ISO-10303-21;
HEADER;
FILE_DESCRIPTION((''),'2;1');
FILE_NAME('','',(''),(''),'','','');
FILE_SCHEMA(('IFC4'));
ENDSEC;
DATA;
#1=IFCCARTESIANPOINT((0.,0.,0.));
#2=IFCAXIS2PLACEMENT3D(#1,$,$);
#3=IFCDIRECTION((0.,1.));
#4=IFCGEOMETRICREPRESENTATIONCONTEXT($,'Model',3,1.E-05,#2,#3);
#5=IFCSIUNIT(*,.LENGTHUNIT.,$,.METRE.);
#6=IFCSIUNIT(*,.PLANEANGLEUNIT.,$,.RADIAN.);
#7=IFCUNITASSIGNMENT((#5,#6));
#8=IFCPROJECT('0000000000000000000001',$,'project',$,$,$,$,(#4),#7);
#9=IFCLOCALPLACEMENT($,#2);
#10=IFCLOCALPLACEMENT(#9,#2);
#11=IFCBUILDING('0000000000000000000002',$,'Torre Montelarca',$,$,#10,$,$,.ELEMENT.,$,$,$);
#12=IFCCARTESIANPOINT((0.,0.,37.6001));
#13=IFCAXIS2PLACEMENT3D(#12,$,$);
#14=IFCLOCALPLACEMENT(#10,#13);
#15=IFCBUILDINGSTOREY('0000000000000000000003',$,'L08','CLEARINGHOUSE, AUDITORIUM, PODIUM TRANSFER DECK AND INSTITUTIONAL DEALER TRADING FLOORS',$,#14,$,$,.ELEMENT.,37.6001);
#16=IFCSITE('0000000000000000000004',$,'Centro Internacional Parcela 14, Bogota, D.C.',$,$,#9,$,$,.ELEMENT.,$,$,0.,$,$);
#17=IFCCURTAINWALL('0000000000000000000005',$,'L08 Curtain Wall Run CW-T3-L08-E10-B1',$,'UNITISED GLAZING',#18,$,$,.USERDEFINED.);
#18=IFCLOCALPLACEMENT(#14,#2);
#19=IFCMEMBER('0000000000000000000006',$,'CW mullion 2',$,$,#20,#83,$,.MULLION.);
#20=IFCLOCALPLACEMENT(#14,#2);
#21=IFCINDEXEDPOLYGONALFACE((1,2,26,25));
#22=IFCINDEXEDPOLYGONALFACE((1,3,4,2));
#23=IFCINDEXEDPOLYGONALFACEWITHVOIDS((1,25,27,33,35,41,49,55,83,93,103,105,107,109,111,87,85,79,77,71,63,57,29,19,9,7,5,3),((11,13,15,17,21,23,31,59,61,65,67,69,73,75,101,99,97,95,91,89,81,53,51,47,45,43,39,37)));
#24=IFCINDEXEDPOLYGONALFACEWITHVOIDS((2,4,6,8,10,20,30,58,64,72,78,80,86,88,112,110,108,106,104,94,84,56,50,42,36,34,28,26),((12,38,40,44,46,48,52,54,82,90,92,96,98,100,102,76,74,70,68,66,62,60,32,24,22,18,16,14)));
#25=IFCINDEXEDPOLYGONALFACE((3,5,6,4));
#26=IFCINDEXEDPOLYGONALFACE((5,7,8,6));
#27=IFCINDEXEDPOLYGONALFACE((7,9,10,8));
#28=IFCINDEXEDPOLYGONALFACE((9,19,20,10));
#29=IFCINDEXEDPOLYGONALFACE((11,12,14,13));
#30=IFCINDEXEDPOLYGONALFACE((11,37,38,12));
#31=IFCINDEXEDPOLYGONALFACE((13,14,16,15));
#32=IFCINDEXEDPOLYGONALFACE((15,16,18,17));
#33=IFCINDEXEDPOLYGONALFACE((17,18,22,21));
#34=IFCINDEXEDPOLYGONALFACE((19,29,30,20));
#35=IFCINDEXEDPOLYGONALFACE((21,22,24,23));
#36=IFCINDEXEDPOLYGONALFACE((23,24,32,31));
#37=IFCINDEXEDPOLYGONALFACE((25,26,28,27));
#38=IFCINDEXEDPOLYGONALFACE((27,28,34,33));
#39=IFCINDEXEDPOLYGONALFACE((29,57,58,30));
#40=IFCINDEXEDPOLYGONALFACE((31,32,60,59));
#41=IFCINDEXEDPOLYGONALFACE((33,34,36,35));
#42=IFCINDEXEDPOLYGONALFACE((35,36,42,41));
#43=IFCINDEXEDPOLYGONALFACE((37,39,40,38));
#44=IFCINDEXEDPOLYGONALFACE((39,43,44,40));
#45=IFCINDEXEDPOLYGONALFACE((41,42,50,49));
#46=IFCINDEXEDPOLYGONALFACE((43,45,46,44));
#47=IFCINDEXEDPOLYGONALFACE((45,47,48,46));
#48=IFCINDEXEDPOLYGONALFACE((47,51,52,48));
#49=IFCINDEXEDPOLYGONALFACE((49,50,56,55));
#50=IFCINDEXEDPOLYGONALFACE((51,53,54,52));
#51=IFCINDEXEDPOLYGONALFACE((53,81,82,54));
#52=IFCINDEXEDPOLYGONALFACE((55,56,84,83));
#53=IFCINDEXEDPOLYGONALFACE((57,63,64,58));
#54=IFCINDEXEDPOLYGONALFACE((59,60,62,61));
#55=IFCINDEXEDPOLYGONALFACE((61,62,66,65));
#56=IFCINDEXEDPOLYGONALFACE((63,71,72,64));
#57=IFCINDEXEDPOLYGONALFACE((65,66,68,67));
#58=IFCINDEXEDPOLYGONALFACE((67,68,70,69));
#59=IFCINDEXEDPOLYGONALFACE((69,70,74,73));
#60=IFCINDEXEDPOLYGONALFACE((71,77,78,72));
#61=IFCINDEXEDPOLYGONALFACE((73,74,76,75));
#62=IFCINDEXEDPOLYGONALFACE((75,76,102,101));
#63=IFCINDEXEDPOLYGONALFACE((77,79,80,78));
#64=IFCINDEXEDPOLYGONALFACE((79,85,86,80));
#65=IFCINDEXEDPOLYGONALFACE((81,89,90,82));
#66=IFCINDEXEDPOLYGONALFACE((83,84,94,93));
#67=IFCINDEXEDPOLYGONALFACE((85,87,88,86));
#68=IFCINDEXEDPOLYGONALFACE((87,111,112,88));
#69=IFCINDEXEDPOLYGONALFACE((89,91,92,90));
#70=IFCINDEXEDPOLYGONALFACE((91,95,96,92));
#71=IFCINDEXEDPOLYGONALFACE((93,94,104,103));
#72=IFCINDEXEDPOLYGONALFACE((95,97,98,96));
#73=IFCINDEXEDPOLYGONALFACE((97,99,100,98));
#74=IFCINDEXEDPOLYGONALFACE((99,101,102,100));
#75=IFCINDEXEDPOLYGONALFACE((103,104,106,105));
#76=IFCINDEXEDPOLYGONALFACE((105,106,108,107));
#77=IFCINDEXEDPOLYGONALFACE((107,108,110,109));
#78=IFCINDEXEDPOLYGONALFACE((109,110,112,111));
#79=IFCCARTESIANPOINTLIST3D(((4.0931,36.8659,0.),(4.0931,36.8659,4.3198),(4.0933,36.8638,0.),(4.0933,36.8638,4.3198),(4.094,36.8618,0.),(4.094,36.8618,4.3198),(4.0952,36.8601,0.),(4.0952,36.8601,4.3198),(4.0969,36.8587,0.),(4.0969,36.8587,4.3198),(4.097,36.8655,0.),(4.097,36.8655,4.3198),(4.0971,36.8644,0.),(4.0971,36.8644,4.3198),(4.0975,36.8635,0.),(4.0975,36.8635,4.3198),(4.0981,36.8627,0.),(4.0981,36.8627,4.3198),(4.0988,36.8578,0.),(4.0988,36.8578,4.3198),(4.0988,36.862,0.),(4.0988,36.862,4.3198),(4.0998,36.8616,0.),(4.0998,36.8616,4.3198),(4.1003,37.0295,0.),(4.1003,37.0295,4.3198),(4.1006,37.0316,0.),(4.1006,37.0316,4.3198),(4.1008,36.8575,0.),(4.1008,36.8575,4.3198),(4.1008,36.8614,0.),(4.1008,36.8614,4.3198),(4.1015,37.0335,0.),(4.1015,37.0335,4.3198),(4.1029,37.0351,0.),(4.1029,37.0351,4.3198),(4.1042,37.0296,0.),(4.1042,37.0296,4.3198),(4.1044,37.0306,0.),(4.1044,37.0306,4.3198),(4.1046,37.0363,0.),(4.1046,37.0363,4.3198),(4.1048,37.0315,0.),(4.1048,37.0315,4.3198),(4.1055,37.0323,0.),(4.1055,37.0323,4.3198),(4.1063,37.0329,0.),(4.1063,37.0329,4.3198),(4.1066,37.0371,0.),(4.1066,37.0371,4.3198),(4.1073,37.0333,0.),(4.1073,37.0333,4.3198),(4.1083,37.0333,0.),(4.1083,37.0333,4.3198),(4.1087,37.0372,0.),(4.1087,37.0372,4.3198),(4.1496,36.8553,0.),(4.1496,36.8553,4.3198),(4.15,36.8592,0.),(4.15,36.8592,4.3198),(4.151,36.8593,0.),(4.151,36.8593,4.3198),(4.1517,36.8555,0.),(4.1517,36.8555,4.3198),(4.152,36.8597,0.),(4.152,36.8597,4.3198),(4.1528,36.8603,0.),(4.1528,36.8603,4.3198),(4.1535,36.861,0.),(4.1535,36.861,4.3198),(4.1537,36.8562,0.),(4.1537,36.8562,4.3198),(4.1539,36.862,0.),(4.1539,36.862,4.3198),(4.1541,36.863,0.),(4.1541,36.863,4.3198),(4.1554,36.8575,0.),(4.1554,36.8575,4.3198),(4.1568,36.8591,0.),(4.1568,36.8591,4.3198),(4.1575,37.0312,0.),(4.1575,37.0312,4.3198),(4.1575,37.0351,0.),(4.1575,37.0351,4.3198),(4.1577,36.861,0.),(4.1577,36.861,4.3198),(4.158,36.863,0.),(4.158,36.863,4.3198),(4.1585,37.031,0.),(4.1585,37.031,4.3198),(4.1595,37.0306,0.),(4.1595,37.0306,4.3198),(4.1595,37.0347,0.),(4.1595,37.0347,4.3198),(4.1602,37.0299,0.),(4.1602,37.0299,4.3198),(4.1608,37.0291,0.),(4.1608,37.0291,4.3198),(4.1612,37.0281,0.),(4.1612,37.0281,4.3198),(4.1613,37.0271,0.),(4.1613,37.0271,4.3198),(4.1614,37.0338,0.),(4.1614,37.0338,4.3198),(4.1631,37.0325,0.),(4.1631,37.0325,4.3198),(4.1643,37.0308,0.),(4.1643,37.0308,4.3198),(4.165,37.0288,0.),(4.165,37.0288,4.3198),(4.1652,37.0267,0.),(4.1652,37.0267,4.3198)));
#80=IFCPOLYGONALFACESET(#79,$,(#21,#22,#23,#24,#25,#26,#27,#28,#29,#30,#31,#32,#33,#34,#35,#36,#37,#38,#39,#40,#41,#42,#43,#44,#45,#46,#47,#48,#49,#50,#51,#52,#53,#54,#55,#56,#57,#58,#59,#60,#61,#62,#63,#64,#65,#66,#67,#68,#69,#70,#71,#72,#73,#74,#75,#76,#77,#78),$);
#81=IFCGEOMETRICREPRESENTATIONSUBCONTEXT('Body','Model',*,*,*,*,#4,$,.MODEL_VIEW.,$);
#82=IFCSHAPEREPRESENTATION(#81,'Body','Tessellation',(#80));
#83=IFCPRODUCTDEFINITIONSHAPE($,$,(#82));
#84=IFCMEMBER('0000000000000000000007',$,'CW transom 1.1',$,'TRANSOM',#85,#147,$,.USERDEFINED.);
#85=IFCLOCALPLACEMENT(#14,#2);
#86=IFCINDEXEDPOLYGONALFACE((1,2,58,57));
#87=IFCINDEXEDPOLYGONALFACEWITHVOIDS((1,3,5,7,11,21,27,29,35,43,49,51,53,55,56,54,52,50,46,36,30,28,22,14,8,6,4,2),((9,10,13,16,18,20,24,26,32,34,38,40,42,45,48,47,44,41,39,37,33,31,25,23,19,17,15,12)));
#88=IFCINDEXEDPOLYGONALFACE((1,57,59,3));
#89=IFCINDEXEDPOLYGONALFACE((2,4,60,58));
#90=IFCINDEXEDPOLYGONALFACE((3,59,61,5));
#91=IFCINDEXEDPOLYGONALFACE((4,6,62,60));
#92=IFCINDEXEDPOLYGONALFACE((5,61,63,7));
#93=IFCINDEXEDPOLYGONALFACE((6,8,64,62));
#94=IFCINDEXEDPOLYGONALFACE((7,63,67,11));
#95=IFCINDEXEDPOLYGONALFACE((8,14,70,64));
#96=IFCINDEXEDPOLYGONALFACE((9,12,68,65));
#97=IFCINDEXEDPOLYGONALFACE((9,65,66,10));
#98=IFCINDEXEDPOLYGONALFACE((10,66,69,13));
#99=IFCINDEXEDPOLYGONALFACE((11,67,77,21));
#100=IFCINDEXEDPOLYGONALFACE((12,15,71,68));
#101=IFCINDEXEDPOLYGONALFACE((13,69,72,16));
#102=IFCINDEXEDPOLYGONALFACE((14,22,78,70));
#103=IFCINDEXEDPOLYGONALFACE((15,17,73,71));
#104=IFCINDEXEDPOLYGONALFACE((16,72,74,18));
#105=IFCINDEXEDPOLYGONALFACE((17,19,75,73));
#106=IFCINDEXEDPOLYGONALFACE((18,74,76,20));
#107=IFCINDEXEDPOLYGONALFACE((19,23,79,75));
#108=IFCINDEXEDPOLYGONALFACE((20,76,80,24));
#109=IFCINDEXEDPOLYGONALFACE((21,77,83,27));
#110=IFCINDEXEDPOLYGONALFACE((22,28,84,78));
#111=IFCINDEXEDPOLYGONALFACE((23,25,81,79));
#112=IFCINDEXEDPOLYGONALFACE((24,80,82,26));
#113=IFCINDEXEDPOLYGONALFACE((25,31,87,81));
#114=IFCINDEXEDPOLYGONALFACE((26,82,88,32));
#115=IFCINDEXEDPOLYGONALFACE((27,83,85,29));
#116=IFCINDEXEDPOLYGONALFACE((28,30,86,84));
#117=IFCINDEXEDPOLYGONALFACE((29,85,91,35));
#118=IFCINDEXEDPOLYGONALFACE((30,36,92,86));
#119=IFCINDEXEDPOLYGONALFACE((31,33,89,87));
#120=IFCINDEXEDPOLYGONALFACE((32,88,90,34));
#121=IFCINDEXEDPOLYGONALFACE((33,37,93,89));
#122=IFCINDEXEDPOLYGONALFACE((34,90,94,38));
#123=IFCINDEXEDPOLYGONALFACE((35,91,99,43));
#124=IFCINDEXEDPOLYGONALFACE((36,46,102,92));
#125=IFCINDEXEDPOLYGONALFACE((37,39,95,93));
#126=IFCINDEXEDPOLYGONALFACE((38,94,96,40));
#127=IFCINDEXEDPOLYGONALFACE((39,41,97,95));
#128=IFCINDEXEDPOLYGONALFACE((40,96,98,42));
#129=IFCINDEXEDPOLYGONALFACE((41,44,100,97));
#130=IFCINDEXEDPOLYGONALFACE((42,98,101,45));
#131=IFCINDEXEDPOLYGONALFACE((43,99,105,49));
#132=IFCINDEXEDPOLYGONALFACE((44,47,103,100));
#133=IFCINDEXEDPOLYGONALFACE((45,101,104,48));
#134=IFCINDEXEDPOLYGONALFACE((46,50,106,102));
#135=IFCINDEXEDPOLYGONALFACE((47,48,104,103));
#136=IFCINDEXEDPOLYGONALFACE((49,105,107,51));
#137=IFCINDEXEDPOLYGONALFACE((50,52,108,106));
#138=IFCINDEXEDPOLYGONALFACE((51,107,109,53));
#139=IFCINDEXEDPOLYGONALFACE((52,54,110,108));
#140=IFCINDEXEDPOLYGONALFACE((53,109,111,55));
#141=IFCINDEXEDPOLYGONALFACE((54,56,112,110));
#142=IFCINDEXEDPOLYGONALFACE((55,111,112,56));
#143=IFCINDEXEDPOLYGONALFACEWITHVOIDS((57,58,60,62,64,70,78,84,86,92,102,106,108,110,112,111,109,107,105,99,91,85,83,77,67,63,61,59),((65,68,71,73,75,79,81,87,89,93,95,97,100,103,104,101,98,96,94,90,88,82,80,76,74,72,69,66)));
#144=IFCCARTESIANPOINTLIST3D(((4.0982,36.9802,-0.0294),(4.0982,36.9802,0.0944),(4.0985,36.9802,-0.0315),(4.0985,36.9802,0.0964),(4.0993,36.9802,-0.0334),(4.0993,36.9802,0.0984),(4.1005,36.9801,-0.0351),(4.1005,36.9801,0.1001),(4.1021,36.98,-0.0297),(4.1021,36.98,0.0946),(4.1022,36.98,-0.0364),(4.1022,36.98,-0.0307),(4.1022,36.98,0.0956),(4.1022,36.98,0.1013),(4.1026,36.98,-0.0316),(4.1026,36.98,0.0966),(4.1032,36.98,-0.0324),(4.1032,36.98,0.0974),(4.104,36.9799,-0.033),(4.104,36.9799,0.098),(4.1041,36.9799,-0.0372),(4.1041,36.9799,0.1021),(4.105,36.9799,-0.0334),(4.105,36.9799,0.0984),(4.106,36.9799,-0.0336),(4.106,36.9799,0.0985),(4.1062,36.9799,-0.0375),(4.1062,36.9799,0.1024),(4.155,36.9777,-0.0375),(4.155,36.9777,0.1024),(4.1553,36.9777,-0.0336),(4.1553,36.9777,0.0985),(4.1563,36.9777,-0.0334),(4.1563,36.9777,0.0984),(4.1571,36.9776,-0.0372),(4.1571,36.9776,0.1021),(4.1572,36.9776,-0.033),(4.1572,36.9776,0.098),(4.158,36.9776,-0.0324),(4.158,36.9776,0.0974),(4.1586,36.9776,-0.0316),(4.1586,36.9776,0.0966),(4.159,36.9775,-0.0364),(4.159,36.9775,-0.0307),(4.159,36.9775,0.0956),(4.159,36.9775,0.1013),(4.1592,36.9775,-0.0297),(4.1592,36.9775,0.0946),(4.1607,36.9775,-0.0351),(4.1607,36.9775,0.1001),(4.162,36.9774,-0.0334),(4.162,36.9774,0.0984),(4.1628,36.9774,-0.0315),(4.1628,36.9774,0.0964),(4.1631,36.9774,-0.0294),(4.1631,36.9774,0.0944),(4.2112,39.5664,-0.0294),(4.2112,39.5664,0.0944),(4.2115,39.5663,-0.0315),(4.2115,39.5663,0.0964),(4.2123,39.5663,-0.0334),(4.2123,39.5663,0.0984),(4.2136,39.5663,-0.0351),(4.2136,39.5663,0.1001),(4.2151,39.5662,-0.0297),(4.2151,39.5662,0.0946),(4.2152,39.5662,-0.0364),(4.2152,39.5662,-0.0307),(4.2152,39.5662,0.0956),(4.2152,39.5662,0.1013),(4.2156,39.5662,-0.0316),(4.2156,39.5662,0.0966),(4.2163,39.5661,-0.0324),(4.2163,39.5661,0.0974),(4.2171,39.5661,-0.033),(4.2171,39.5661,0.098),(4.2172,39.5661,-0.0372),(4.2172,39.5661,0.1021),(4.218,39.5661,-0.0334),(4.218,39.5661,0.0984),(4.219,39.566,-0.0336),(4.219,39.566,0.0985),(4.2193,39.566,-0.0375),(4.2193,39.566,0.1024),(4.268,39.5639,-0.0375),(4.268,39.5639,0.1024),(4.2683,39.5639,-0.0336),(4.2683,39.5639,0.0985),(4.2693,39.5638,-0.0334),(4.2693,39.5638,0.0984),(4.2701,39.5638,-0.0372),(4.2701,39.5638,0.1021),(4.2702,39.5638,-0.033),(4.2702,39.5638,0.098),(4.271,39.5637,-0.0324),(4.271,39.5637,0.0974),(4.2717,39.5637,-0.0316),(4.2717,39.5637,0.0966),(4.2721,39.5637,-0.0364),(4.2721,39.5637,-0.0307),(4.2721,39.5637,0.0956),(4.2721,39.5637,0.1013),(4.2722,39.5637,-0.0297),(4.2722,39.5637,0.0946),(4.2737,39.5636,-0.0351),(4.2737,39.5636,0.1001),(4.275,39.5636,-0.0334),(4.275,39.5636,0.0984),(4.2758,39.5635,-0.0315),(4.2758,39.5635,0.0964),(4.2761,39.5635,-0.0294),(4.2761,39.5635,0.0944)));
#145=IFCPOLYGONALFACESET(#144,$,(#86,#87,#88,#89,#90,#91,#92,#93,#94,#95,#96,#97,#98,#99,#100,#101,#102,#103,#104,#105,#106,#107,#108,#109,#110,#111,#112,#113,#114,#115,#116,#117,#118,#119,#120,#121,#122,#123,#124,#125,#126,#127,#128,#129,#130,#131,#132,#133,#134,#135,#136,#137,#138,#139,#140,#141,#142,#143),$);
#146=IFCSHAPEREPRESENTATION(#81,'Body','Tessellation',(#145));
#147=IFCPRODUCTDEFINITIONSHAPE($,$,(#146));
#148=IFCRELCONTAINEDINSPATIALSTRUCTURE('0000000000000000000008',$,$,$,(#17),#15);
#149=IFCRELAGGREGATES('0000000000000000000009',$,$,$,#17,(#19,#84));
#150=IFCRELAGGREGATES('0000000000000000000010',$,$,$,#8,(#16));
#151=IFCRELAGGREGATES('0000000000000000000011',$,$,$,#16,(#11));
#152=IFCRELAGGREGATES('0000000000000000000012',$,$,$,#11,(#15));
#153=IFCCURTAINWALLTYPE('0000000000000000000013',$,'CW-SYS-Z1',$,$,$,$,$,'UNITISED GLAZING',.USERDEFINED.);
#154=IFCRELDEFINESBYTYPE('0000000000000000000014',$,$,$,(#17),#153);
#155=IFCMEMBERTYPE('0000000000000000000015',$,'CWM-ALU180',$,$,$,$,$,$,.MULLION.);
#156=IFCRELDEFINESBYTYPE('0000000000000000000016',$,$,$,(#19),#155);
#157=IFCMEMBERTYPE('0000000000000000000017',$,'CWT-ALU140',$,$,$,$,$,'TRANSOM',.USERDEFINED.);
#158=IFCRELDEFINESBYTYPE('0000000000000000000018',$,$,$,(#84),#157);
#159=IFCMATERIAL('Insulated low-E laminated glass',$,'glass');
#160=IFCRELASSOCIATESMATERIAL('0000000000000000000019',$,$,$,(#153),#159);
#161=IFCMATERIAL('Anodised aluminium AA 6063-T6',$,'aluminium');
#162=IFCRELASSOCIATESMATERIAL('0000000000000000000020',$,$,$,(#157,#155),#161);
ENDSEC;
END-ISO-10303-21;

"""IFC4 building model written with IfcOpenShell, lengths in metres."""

from ifc_helpers import new_model, si_unit, direction, frame, origin, origin_2d, place, context, subcontext, project, spatial, hollow_rectangle, extrude, source, transform, mapped, material, material_profile, profile_set, type_object, element, aggregate, save


model = new_model("IFC4")

# Units and contexts
model_context = context("Model", 3, precision=1e-05, world=origin(), true_north=direction((0.0, 1.0)))
body_context = subcontext(model_context, "Body", "Model", "MODEL_VIEW")
ifc_project = project(units=[si_unit("LENGTHUNIT", "METRE"), si_unit("PLANEANGLEUNIT", "RADIAN")], contexts=[model_context])

# Site, building, storey
site_placement = place(None, origin())
site = spatial("IfcSite", under=ifc_project, at=site_placement, Name="Centro Internacional Parcela 14, Bogota, D.C.", CompositionType="ELEMENT", RefElevation=0.0)
building_placement = place(site_placement, origin())
building = spatial("IfcBuilding", under=site, at=building_placement, Name="Torre Montelarca", CompositionType="ELEMENT")
storey_placement = place(building_placement, frame((0.0, 0.0, 37.6001)))
storey = spatial("IfcBuildingStorey", under=building, at=storey_placement, Name="L08", Description="CLEARINGHOUSE, AUDITORIUM, PODIUM TRANSFER DECK AND INSTITUTIONAL DEALER TRADING FLOORS", CompositionType="ELEMENT", Elevation=37.6001)

# Curtain wall, members
ifc_material_1 = material(Name="Insulated low-E laminated glass", Category="glass")
curtain_wall_type = type_object("IfcCurtainWallType", Name="CW-SYS-Z1", ElementType="UNITISED GLAZING", PredefinedType="USERDEFINED", material=ifc_material_1)
ifc_material_2 = material(Name="Anodised aluminium AA 6063-T6", Category="aluminium")
ifc_material_profile_1 = material_profile(ifc_material_2, hollow_rectangle(XDim=0.0649, YDim=0.1399, WallThickness=0.0039, InnerFilletRadius=0.0039, OuterFilletRadius=0.0081, at=origin_2d()), Name="ALU65X140X4", Category="aluminium")
ifc_profile_set_1 = profile_set([ifc_material_profile_1], Name="Anodised aluminium AA 6063-T6")
member_type_1 = type_object("IfcMemberType", Name="CWT-ALU140", ElementType="TRANSOM", PredefinedType="USERDEFINED", material=ifc_profile_set_1)
ifc_material_profile_2 = material_profile(ifc_material_2, hollow_rectangle(XDim=0.0649, YDim=0.1799, WallThickness=0.0039, InnerFilletRadius=0.0039, OuterFilletRadius=0.0081, at=origin_2d()), Name="ALU65X180X4", Category="aluminium")
ifc_profile_set_2 = profile_set([ifc_material_profile_2], Name="Anodised aluminium AA 6063-T6")
member_type_2 = type_object("IfcMemberType", Name="CWM-ALU180", PredefinedType="MULLION", material=ifc_profile_set_2)
shared_shape_1 = source(origin(), body_context, "Body", "SweptSolid", [
    extrude(hollow_rectangle(XDim=0.0649, YDim=0.1799, WallThickness=0.0039, InnerFilletRadius=0.0039, OuterFilletRadius=0.0081, at=origin_2d()), origin(), (0.0, 0.0, 1.0), 4.3198),
])
curtain_wall_1_placement = place(storey_placement, origin())
curtain_wall_1 = element("IfcCurtainWall", 1, at=curtain_wall_1_placement, inside=storey, type_object=curtain_wall_type, Name="L08 Curtain Wall Run CW-T3-L08-E10-B1", ObjectType="UNITISED GLAZING", PredefinedType="USERDEFINED")
member_1_placement = place(storey_placement, frame((4.1292, 36.9463, 0.0), z_axis=(0.0, 0.0, 1.0), x_axis=(0.999048, -0.043629, 0.0)))
member_1 = element("IfcMember", 2, at=member_1_placement, type_object=member_type_2, Name="CW mullion 2", PredefinedType="MULLION", context=body_context, shape_type="MappedRepresentation", body=[
    mapped(shared_shape_1, transform((0.0, 0.0, 0.0), scale=1.0)),
])
shared_shape_2 = source(origin(), body_context, "Body", "SweptSolid", [
    extrude(hollow_rectangle(XDim=0.0649, YDim=0.1399, WallThickness=0.0039, InnerFilletRadius=0.0039, OuterFilletRadius=0.0081, at=origin_2d()), origin(), (0.0, 0.0, 1.0), 2.5886),
])
member_2_placement = place(storey_placement, frame((4.2437, 39.5649, 0.0325), z_axis=(-0.043666, -0.999046, 0.0), x_axis=(0.999046, -0.043666, 0.0)))
member_2 = element("IfcMember", 3, at=member_2_placement, type_object=member_type_1, Name="CW transom 1.1", ObjectType="TRANSOM", PredefinedType="USERDEFINED", context=body_context, shape_type="MappedRepresentation", body=[
    mapped(shared_shape_2, transform((0.0, 0.0, 0.0), scale=1.0)),
])

aggregate(curtain_wall_1, [member_1, member_2])

save(model, "model.ifc")
